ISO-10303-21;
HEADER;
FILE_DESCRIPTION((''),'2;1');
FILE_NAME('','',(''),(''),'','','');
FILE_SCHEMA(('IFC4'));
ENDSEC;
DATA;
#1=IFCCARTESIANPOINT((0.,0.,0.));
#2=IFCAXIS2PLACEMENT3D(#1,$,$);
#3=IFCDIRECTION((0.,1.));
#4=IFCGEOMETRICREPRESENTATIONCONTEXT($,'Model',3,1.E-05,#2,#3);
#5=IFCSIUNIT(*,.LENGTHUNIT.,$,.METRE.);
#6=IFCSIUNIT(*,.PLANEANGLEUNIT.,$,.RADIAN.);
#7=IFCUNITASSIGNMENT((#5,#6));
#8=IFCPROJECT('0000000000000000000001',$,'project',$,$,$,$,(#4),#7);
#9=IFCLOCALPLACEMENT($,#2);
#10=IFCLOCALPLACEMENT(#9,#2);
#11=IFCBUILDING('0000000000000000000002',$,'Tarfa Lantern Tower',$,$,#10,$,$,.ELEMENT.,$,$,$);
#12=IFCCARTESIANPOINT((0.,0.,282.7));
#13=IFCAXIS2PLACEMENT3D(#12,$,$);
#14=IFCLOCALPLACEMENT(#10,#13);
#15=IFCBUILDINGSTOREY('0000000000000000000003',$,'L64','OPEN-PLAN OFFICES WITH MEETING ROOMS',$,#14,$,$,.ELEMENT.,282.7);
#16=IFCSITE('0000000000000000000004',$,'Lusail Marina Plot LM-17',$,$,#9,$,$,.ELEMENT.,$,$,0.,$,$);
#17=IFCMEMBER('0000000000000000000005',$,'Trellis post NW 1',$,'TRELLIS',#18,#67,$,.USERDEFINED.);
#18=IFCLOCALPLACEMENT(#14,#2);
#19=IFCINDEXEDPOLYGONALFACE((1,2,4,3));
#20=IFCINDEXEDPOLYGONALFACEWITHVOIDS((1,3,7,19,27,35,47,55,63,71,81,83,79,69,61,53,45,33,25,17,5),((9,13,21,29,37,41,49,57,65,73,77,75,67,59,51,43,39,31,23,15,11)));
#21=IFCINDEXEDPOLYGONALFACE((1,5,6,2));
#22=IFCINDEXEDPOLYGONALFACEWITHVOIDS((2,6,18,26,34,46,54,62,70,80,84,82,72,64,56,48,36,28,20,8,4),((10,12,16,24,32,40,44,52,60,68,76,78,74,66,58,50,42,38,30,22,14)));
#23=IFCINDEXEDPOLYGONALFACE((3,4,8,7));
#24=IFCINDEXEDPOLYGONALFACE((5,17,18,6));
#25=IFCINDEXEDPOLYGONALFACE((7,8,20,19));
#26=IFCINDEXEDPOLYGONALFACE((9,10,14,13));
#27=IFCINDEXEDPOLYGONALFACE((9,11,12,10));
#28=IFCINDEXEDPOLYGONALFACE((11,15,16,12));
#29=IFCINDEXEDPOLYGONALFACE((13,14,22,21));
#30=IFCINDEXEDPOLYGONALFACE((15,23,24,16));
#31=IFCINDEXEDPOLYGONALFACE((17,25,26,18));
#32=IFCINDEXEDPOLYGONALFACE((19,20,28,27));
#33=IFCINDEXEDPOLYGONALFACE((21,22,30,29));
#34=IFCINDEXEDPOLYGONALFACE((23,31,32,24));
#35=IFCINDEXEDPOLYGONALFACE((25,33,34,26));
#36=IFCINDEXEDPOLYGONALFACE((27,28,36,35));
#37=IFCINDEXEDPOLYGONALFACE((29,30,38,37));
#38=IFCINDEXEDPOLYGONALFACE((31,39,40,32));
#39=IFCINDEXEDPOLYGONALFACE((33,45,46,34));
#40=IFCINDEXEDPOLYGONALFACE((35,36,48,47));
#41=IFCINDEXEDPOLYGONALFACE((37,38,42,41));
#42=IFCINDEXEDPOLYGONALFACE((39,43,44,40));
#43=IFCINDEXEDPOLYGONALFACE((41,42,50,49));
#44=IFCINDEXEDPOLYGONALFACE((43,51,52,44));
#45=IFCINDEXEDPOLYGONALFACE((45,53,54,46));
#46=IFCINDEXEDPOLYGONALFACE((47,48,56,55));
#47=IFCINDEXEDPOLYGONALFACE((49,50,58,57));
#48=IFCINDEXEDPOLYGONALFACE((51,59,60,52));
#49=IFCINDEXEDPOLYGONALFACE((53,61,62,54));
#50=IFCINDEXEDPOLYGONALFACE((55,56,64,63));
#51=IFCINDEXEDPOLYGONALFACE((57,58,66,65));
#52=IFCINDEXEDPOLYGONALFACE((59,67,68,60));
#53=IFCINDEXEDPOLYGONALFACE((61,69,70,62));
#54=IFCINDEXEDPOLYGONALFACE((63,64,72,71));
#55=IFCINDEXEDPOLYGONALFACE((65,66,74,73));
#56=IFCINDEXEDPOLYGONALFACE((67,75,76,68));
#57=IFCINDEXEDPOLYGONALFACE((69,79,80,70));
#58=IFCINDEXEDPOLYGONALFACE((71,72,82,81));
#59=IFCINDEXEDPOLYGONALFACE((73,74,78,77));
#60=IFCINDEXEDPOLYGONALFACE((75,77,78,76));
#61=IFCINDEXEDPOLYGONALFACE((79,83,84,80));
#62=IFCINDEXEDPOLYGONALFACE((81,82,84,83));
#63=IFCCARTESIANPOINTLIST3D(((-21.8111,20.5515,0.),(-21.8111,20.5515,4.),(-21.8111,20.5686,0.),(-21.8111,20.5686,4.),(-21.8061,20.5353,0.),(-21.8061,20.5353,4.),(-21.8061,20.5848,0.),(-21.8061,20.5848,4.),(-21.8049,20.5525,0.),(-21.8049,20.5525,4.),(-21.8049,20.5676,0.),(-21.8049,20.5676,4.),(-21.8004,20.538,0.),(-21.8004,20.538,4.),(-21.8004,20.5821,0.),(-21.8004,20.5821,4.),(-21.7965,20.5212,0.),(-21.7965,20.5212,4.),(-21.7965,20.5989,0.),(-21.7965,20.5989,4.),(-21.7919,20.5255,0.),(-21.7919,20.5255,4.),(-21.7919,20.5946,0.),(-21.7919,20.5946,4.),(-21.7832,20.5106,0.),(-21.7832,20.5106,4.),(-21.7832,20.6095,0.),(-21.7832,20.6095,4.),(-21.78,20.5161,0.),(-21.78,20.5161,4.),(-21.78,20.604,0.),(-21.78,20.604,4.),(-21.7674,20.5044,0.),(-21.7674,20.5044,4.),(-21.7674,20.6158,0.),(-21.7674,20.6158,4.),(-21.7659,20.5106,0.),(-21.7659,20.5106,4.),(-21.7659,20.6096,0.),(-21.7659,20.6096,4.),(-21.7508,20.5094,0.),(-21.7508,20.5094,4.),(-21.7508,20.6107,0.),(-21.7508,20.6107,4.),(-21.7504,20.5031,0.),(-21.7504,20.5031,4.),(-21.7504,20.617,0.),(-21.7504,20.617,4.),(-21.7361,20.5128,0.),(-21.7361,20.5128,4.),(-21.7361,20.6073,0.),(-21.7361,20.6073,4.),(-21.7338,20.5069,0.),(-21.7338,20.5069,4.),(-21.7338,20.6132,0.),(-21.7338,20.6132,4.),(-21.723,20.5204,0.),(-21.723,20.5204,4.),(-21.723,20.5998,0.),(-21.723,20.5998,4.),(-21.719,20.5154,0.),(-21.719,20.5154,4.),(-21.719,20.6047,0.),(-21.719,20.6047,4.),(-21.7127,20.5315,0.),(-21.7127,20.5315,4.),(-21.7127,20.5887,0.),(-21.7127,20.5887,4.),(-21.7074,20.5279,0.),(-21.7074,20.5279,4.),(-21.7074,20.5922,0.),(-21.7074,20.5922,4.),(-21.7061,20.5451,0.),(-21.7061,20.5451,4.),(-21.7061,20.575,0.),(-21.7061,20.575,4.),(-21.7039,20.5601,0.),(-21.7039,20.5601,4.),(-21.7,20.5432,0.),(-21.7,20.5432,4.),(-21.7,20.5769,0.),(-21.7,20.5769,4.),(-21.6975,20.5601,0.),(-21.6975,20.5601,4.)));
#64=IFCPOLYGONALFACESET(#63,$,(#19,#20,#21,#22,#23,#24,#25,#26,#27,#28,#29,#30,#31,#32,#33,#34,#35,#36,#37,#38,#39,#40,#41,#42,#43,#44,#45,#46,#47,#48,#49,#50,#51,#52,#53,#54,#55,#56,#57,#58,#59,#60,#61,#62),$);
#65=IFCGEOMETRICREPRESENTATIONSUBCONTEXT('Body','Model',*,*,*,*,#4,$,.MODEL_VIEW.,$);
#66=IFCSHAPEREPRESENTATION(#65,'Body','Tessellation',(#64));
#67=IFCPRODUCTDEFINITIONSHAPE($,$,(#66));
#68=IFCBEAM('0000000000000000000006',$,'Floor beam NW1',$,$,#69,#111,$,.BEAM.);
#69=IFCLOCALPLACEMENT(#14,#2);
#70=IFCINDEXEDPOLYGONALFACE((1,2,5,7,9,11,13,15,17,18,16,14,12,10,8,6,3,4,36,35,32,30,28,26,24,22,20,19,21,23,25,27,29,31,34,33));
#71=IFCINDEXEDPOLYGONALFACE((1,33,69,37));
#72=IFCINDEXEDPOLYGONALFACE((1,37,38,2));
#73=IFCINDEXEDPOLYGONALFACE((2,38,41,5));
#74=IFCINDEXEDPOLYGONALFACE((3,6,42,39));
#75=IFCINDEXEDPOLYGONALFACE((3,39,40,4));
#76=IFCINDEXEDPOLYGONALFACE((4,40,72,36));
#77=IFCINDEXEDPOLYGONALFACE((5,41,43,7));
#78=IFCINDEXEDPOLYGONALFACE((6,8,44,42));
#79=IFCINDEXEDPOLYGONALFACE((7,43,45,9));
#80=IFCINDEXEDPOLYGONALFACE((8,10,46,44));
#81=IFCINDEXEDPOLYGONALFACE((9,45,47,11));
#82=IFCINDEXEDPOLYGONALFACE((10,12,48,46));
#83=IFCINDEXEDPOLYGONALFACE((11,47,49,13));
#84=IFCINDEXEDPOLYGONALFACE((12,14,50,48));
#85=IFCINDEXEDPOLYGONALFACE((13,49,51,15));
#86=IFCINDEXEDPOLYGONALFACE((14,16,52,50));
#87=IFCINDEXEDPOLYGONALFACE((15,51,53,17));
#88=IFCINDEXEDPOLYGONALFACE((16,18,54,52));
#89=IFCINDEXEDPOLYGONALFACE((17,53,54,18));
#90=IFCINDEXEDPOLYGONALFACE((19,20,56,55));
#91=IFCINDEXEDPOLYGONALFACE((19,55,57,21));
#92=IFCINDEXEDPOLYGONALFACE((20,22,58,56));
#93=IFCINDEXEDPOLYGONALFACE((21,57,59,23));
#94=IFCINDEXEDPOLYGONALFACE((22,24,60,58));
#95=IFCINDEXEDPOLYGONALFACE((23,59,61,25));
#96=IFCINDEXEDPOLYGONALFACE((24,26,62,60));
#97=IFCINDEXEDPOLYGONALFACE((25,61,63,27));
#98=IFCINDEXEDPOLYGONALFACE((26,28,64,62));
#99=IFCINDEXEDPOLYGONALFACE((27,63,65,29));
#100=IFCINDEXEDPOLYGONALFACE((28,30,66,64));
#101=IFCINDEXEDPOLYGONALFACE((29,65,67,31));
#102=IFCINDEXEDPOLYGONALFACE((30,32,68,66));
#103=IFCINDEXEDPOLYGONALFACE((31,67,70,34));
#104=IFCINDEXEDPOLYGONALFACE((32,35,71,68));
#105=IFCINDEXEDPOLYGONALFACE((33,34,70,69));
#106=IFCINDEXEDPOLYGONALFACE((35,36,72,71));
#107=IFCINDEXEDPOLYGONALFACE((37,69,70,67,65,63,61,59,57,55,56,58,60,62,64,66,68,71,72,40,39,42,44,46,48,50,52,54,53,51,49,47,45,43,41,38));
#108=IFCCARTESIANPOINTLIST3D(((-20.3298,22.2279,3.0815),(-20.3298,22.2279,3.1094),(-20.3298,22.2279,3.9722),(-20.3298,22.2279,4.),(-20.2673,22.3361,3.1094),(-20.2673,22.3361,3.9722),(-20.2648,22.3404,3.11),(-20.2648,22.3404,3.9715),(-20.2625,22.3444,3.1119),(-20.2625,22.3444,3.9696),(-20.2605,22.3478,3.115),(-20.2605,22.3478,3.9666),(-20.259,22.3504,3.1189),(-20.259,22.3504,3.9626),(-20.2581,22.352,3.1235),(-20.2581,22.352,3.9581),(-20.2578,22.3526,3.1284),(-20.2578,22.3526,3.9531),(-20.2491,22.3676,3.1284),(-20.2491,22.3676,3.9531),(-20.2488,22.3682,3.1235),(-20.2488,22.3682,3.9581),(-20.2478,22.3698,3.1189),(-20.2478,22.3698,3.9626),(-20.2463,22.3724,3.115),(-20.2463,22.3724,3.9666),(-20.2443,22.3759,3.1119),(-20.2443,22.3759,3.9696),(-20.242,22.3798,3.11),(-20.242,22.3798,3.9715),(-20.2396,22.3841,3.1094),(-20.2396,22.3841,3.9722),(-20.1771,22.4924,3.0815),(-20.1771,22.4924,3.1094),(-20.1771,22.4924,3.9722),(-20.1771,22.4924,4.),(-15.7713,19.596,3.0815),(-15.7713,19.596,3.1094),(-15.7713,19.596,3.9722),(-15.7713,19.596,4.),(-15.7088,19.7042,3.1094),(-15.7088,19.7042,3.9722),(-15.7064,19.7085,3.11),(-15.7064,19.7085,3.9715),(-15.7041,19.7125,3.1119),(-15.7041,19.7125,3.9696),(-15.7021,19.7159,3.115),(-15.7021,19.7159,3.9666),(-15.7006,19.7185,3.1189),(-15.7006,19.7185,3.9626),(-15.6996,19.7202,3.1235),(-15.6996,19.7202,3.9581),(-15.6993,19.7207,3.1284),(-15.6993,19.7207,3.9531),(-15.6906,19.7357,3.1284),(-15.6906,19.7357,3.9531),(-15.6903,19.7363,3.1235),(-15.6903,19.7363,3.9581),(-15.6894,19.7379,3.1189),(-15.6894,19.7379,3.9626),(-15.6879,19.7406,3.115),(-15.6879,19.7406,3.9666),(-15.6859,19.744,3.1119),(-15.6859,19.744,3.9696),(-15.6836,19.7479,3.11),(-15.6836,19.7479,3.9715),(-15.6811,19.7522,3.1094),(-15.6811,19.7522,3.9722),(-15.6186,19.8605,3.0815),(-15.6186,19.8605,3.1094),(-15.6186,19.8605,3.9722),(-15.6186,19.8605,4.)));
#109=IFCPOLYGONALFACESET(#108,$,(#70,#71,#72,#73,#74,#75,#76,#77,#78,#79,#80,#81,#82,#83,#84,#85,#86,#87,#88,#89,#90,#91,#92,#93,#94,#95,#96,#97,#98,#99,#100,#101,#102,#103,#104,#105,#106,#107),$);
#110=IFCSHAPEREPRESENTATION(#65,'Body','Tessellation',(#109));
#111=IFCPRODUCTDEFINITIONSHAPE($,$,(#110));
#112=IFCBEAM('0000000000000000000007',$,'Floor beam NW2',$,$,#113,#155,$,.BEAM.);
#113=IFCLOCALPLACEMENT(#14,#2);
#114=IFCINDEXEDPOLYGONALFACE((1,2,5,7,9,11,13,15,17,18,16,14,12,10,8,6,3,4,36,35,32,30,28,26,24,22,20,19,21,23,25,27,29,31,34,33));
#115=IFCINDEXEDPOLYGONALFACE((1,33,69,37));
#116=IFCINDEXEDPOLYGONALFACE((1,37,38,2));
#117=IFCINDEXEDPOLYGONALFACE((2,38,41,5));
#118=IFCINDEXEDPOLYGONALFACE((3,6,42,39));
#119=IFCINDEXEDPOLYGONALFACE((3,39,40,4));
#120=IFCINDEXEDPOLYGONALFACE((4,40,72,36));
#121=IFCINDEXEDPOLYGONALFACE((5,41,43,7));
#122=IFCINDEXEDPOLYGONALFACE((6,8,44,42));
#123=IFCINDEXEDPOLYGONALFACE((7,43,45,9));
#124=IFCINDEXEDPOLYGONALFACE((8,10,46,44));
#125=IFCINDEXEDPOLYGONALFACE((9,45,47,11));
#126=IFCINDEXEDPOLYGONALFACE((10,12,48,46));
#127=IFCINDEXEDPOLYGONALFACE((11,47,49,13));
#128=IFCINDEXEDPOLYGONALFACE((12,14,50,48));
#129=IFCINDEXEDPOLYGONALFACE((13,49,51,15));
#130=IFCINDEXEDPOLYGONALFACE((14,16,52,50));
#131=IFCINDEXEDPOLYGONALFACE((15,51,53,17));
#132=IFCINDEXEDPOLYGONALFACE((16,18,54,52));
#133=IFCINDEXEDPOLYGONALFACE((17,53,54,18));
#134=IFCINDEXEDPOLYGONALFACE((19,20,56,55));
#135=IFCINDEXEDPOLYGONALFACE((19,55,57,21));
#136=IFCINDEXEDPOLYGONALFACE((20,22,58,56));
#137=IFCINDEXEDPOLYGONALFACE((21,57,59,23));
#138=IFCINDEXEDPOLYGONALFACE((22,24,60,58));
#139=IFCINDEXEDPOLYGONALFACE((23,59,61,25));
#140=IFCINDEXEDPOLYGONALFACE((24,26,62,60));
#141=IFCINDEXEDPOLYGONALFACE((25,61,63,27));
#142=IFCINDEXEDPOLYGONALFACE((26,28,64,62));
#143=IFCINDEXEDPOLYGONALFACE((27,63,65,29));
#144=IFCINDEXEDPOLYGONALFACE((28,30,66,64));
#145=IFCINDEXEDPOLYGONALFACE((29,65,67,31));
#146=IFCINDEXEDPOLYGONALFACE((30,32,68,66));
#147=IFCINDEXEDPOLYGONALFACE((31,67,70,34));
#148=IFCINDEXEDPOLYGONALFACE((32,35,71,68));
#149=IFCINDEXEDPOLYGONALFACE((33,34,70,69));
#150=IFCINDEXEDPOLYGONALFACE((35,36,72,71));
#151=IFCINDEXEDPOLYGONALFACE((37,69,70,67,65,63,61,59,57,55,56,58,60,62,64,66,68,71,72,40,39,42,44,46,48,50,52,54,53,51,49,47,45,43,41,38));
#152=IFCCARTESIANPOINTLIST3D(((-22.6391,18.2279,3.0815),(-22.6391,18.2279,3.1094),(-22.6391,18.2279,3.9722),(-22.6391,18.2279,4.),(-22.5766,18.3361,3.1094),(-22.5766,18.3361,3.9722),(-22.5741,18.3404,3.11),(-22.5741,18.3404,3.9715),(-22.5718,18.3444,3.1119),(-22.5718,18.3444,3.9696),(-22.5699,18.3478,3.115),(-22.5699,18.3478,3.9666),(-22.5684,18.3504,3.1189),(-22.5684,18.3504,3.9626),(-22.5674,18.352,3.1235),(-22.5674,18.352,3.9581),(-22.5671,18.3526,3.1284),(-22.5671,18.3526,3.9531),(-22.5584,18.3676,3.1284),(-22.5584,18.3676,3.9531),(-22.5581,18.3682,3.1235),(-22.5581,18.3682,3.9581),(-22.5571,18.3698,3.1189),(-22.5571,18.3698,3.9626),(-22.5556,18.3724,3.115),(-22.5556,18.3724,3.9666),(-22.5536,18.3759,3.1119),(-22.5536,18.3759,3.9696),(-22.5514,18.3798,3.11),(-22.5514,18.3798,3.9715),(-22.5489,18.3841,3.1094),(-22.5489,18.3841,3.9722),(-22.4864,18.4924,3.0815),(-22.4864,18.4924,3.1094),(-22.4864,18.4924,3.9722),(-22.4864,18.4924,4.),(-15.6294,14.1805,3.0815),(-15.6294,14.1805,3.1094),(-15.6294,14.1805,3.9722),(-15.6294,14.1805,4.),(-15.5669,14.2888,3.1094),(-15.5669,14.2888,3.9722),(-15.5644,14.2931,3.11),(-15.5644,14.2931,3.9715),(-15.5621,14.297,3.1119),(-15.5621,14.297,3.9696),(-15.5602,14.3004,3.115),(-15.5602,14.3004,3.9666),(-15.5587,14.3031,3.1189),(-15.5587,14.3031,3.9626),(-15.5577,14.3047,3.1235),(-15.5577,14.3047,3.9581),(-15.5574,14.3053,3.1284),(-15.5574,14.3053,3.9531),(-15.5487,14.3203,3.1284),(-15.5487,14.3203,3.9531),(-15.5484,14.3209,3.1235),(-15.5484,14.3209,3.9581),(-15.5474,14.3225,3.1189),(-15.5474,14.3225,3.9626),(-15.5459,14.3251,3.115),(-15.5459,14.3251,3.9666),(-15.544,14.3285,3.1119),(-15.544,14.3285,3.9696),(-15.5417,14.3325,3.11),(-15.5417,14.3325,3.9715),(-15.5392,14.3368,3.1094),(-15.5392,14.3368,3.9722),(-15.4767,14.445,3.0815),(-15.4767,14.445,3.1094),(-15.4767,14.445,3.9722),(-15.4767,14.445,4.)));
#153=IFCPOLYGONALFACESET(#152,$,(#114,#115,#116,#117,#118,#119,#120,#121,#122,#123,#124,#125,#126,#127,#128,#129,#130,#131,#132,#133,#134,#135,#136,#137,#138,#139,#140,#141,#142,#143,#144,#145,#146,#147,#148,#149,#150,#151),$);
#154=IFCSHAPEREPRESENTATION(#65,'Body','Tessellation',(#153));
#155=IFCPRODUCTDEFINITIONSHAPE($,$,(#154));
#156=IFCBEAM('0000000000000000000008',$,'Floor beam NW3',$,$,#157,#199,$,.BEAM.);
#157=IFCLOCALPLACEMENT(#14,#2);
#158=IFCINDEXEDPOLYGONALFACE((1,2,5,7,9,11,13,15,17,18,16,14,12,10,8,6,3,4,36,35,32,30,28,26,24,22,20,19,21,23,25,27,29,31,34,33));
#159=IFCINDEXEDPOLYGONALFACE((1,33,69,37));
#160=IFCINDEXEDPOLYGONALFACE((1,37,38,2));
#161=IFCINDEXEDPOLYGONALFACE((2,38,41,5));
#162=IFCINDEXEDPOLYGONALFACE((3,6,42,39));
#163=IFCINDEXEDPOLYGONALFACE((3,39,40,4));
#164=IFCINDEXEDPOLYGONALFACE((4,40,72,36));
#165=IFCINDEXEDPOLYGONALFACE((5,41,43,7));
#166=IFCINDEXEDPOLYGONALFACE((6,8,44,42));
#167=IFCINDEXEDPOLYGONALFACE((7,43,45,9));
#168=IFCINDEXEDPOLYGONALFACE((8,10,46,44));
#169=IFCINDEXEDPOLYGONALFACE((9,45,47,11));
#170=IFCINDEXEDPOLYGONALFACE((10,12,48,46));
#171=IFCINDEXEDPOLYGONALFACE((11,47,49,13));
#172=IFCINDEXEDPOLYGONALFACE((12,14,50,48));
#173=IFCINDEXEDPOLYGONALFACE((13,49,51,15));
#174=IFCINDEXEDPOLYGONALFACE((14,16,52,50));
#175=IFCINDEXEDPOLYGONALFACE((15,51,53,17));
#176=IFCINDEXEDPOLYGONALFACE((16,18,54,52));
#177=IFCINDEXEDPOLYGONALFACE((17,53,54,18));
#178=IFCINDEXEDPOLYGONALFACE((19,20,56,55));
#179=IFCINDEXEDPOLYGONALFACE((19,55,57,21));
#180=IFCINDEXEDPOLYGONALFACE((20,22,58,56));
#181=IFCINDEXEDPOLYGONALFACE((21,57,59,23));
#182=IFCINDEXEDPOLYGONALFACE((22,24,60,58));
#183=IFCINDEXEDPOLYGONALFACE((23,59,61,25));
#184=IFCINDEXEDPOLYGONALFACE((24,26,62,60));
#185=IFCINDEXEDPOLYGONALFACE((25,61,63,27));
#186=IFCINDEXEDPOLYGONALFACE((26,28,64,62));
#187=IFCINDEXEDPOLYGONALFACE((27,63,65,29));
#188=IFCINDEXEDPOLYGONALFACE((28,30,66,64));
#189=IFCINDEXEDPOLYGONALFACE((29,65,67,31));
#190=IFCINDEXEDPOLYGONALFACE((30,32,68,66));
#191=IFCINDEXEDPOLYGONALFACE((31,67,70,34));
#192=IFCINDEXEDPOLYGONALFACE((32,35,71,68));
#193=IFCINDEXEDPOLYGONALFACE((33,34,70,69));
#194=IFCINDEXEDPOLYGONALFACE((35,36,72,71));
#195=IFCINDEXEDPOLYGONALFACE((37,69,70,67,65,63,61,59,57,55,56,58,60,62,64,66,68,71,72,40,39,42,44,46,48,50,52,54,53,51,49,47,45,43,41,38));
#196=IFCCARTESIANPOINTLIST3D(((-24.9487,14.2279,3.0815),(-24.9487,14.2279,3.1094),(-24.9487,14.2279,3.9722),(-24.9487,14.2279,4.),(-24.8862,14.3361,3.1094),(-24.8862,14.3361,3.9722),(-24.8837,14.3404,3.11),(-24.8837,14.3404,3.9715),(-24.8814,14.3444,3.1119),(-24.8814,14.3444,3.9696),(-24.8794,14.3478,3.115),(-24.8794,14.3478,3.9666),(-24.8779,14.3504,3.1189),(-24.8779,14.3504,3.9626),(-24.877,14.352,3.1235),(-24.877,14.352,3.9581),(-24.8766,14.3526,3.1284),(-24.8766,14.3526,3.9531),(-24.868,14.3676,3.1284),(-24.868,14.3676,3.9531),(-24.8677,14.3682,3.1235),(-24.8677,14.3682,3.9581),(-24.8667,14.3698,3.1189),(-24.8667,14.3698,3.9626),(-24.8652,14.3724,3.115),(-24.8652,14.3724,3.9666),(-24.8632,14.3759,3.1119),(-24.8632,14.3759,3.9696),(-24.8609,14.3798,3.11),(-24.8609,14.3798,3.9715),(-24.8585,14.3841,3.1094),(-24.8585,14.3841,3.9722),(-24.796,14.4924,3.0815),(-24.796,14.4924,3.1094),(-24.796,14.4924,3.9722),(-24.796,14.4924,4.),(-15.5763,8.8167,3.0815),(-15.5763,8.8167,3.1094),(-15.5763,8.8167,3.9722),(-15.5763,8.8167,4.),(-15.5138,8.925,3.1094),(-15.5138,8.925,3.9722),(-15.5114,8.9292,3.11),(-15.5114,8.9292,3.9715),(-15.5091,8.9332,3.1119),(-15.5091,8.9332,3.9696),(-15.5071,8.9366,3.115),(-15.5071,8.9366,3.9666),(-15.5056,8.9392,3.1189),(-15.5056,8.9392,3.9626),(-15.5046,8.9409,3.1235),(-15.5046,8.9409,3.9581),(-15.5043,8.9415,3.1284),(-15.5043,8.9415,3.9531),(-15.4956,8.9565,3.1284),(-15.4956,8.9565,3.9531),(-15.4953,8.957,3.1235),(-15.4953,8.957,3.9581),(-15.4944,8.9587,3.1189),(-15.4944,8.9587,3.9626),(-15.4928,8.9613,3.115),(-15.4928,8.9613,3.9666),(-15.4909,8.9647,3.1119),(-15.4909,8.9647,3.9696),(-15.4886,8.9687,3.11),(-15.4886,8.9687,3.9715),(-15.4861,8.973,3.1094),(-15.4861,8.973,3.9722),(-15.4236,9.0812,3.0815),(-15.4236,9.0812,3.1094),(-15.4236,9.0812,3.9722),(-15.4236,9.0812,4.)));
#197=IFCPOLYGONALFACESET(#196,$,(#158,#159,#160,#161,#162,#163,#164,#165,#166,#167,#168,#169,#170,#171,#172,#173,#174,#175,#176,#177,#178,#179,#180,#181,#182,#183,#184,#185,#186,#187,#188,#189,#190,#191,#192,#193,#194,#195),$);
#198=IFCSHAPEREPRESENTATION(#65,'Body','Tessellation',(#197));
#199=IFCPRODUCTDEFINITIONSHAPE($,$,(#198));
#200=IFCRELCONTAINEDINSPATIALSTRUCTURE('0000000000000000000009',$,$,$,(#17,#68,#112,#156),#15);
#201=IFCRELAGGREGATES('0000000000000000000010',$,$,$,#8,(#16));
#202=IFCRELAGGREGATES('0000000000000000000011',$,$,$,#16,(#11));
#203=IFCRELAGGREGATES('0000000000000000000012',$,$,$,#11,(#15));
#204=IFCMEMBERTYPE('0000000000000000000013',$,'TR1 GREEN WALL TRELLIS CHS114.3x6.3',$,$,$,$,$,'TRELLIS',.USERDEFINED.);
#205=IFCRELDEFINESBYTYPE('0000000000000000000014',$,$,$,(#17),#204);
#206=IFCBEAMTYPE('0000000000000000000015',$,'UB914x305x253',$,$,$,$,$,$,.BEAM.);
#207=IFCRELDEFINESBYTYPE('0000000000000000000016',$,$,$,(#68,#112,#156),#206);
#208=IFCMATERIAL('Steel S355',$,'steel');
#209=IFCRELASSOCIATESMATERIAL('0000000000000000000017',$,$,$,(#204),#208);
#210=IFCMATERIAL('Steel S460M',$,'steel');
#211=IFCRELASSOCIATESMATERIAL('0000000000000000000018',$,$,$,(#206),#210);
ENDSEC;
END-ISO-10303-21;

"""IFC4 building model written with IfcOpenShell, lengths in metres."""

from ifc_helpers import new_model, si_unit, direction, frame, origin, origin_2d, place, context, subcontext, project, spatial, hollow_circle, i_section, extrude, material, material_profile, profile_set, type_object, element, save


model = new_model("IFC4")

# Units and contexts
model_context = context("Model", 3, precision=1e-05, world=origin(), true_north=direction((0.0, 1.0)))
body_context = subcontext(model_context, "Body", "Model", "MODEL_VIEW")
ifc_project = project(units=[si_unit("LENGTHUNIT", "METRE"), si_unit("PLANEANGLEUNIT", "RADIAN")], contexts=[model_context])

# Site, building, storey
site_placement = place(None, origin())
site = spatial("IfcSite", under=ifc_project, at=site_placement, Name="Lusail Marina Plot LM-17", CompositionType="ELEMENT", RefElevation=0.0)
building_placement = place(site_placement, origin())
building = spatial("IfcBuilding", under=site, at=building_placement, Name="Tarfa Lantern Tower", CompositionType="ELEMENT")
storey_placement = place(building_placement, frame((0.0, 0.0, 282.7)))
storey = spatial("IfcBuildingStorey", under=building, at=storey_placement, Name="L64", Description="OPEN-PLAN OFFICES WITH MEETING ROOMS", CompositionType="ELEMENT", Elevation=282.7)

# Member
ifc_material_1 = material(Name="Steel S355", Category="steel")
ifc_material_profile_1 = material_profile(ifc_material_1, hollow_circle(Radius=0.0571, WallThickness=0.0063, at=origin_2d()), Name="CHS114.3x6.3")
ifc_profile_set_1 = profile_set([ifc_material_profile_1], Name="Steel S355")
member_type_1 = type_object("IfcMemberType", Name="TR1 GREEN WALL TRELLIS CHS114.3x6.3", ElementType="TRELLIS", PredefinedType="USERDEFINED", material=ifc_profile_set_1)
member_1_placement = place(storey_placement, frame((-21.7546, 20.5601, 0.0), z_axis=(0.0, 0.0, 1.0), x_axis=(1.0, 0.0, 0.0)))
element("IfcMember", 1, at=member_1_placement, inside=storey, type_object=member_type_1, Name="Trellis post NW 1", ObjectType="TRELLIS", PredefinedType="USERDEFINED", context=body_context, shape_type="SweptSolid", body=[
    extrude(hollow_circle(Radius=0.0571, WallThickness=0.0063, at=origin_2d()), origin(), (0.0, 0.0, 1.0), 4.0),
])

# Beams
ifc_material_2 = material(Name="Steel S460M", Category="steel")
ifc_material_profile_2 = material_profile(ifc_material_2, i_section(OverallWidth=0.3054, OverallDepth=0.9185, WebThickness=0.0173, FlangeThickness=0.0278, FilletRadius=0.019, at=origin_2d()), Name="UB914x305x253")
ifc_profile_set_2 = profile_set([ifc_material_profile_2], Name="Steel S460M")
beam_type_1 = type_object("IfcBeamType", Name="UB914x305x253", PredefinedType="BEAM", material=ifc_profile_set_2)
beam_1_placement = place(storey_placement, frame((-20.2534, 22.3601, 3.5408), z_axis=(0.86602, -0.50001, 0.0), x_axis=(0.50001, 0.86602, 0.0)))
element("IfcBeam", 2, at=beam_1_placement, inside=storey, type_object=beam_type_1, Name="Floor beam NW1", PredefinedType="BEAM", context=body_context, shape_type="SweptSolid", body=[
    extrude(i_section(OverallWidth=0.3054, OverallDepth=0.9185, WebThickness=0.0173, FlangeThickness=0.0278, FilletRadius=0.019, at=origin_2d()), origin(), (0.0, 0.0, 1.0), 5.2637),
])
beam_2_placement = place(storey_placement, frame((-22.5627, 18.3601, 3.5408), z_axis=(0.866011, -0.500025, 0.0), x_axis=(0.500025, 0.866011, 0.0)))
element("IfcBeam", 3, at=beam_2_placement, inside=storey, type_object=beam_type_1, Name="Floor beam NW2", PredefinedType="BEAM", context=body_context, shape_type="SweptSolid", body=[
    extrude(i_section(OverallWidth=0.3054, OverallDepth=0.9185, WebThickness=0.0173, FlangeThickness=0.0278, FilletRadius=0.019, at=origin_2d()), origin(), (0.0, 0.0, 1.0), 8.0942),
])
beam_3_placement = place(storey_placement, frame((-24.8723, 14.3601, 3.5408), z_axis=(0.866024, -0.500002, 0.0), x_axis=(0.500002, 0.866024, 0.0)))
element("IfcBeam", 4, at=beam_3_placement, inside=storey, type_object=beam_type_1, Name="Floor beam NW3", PredefinedType="BEAM", context=body_context, shape_type="SweptSolid", body=[
    extrude(i_section(OverallWidth=0.3054, OverallDepth=0.9185, WebThickness=0.0173, FlangeThickness=0.0278, FilletRadius=0.019, at=origin_2d()), origin(), (0.0, 0.0, 1.0), 10.8223),
])

save(model, "model.ifc")
